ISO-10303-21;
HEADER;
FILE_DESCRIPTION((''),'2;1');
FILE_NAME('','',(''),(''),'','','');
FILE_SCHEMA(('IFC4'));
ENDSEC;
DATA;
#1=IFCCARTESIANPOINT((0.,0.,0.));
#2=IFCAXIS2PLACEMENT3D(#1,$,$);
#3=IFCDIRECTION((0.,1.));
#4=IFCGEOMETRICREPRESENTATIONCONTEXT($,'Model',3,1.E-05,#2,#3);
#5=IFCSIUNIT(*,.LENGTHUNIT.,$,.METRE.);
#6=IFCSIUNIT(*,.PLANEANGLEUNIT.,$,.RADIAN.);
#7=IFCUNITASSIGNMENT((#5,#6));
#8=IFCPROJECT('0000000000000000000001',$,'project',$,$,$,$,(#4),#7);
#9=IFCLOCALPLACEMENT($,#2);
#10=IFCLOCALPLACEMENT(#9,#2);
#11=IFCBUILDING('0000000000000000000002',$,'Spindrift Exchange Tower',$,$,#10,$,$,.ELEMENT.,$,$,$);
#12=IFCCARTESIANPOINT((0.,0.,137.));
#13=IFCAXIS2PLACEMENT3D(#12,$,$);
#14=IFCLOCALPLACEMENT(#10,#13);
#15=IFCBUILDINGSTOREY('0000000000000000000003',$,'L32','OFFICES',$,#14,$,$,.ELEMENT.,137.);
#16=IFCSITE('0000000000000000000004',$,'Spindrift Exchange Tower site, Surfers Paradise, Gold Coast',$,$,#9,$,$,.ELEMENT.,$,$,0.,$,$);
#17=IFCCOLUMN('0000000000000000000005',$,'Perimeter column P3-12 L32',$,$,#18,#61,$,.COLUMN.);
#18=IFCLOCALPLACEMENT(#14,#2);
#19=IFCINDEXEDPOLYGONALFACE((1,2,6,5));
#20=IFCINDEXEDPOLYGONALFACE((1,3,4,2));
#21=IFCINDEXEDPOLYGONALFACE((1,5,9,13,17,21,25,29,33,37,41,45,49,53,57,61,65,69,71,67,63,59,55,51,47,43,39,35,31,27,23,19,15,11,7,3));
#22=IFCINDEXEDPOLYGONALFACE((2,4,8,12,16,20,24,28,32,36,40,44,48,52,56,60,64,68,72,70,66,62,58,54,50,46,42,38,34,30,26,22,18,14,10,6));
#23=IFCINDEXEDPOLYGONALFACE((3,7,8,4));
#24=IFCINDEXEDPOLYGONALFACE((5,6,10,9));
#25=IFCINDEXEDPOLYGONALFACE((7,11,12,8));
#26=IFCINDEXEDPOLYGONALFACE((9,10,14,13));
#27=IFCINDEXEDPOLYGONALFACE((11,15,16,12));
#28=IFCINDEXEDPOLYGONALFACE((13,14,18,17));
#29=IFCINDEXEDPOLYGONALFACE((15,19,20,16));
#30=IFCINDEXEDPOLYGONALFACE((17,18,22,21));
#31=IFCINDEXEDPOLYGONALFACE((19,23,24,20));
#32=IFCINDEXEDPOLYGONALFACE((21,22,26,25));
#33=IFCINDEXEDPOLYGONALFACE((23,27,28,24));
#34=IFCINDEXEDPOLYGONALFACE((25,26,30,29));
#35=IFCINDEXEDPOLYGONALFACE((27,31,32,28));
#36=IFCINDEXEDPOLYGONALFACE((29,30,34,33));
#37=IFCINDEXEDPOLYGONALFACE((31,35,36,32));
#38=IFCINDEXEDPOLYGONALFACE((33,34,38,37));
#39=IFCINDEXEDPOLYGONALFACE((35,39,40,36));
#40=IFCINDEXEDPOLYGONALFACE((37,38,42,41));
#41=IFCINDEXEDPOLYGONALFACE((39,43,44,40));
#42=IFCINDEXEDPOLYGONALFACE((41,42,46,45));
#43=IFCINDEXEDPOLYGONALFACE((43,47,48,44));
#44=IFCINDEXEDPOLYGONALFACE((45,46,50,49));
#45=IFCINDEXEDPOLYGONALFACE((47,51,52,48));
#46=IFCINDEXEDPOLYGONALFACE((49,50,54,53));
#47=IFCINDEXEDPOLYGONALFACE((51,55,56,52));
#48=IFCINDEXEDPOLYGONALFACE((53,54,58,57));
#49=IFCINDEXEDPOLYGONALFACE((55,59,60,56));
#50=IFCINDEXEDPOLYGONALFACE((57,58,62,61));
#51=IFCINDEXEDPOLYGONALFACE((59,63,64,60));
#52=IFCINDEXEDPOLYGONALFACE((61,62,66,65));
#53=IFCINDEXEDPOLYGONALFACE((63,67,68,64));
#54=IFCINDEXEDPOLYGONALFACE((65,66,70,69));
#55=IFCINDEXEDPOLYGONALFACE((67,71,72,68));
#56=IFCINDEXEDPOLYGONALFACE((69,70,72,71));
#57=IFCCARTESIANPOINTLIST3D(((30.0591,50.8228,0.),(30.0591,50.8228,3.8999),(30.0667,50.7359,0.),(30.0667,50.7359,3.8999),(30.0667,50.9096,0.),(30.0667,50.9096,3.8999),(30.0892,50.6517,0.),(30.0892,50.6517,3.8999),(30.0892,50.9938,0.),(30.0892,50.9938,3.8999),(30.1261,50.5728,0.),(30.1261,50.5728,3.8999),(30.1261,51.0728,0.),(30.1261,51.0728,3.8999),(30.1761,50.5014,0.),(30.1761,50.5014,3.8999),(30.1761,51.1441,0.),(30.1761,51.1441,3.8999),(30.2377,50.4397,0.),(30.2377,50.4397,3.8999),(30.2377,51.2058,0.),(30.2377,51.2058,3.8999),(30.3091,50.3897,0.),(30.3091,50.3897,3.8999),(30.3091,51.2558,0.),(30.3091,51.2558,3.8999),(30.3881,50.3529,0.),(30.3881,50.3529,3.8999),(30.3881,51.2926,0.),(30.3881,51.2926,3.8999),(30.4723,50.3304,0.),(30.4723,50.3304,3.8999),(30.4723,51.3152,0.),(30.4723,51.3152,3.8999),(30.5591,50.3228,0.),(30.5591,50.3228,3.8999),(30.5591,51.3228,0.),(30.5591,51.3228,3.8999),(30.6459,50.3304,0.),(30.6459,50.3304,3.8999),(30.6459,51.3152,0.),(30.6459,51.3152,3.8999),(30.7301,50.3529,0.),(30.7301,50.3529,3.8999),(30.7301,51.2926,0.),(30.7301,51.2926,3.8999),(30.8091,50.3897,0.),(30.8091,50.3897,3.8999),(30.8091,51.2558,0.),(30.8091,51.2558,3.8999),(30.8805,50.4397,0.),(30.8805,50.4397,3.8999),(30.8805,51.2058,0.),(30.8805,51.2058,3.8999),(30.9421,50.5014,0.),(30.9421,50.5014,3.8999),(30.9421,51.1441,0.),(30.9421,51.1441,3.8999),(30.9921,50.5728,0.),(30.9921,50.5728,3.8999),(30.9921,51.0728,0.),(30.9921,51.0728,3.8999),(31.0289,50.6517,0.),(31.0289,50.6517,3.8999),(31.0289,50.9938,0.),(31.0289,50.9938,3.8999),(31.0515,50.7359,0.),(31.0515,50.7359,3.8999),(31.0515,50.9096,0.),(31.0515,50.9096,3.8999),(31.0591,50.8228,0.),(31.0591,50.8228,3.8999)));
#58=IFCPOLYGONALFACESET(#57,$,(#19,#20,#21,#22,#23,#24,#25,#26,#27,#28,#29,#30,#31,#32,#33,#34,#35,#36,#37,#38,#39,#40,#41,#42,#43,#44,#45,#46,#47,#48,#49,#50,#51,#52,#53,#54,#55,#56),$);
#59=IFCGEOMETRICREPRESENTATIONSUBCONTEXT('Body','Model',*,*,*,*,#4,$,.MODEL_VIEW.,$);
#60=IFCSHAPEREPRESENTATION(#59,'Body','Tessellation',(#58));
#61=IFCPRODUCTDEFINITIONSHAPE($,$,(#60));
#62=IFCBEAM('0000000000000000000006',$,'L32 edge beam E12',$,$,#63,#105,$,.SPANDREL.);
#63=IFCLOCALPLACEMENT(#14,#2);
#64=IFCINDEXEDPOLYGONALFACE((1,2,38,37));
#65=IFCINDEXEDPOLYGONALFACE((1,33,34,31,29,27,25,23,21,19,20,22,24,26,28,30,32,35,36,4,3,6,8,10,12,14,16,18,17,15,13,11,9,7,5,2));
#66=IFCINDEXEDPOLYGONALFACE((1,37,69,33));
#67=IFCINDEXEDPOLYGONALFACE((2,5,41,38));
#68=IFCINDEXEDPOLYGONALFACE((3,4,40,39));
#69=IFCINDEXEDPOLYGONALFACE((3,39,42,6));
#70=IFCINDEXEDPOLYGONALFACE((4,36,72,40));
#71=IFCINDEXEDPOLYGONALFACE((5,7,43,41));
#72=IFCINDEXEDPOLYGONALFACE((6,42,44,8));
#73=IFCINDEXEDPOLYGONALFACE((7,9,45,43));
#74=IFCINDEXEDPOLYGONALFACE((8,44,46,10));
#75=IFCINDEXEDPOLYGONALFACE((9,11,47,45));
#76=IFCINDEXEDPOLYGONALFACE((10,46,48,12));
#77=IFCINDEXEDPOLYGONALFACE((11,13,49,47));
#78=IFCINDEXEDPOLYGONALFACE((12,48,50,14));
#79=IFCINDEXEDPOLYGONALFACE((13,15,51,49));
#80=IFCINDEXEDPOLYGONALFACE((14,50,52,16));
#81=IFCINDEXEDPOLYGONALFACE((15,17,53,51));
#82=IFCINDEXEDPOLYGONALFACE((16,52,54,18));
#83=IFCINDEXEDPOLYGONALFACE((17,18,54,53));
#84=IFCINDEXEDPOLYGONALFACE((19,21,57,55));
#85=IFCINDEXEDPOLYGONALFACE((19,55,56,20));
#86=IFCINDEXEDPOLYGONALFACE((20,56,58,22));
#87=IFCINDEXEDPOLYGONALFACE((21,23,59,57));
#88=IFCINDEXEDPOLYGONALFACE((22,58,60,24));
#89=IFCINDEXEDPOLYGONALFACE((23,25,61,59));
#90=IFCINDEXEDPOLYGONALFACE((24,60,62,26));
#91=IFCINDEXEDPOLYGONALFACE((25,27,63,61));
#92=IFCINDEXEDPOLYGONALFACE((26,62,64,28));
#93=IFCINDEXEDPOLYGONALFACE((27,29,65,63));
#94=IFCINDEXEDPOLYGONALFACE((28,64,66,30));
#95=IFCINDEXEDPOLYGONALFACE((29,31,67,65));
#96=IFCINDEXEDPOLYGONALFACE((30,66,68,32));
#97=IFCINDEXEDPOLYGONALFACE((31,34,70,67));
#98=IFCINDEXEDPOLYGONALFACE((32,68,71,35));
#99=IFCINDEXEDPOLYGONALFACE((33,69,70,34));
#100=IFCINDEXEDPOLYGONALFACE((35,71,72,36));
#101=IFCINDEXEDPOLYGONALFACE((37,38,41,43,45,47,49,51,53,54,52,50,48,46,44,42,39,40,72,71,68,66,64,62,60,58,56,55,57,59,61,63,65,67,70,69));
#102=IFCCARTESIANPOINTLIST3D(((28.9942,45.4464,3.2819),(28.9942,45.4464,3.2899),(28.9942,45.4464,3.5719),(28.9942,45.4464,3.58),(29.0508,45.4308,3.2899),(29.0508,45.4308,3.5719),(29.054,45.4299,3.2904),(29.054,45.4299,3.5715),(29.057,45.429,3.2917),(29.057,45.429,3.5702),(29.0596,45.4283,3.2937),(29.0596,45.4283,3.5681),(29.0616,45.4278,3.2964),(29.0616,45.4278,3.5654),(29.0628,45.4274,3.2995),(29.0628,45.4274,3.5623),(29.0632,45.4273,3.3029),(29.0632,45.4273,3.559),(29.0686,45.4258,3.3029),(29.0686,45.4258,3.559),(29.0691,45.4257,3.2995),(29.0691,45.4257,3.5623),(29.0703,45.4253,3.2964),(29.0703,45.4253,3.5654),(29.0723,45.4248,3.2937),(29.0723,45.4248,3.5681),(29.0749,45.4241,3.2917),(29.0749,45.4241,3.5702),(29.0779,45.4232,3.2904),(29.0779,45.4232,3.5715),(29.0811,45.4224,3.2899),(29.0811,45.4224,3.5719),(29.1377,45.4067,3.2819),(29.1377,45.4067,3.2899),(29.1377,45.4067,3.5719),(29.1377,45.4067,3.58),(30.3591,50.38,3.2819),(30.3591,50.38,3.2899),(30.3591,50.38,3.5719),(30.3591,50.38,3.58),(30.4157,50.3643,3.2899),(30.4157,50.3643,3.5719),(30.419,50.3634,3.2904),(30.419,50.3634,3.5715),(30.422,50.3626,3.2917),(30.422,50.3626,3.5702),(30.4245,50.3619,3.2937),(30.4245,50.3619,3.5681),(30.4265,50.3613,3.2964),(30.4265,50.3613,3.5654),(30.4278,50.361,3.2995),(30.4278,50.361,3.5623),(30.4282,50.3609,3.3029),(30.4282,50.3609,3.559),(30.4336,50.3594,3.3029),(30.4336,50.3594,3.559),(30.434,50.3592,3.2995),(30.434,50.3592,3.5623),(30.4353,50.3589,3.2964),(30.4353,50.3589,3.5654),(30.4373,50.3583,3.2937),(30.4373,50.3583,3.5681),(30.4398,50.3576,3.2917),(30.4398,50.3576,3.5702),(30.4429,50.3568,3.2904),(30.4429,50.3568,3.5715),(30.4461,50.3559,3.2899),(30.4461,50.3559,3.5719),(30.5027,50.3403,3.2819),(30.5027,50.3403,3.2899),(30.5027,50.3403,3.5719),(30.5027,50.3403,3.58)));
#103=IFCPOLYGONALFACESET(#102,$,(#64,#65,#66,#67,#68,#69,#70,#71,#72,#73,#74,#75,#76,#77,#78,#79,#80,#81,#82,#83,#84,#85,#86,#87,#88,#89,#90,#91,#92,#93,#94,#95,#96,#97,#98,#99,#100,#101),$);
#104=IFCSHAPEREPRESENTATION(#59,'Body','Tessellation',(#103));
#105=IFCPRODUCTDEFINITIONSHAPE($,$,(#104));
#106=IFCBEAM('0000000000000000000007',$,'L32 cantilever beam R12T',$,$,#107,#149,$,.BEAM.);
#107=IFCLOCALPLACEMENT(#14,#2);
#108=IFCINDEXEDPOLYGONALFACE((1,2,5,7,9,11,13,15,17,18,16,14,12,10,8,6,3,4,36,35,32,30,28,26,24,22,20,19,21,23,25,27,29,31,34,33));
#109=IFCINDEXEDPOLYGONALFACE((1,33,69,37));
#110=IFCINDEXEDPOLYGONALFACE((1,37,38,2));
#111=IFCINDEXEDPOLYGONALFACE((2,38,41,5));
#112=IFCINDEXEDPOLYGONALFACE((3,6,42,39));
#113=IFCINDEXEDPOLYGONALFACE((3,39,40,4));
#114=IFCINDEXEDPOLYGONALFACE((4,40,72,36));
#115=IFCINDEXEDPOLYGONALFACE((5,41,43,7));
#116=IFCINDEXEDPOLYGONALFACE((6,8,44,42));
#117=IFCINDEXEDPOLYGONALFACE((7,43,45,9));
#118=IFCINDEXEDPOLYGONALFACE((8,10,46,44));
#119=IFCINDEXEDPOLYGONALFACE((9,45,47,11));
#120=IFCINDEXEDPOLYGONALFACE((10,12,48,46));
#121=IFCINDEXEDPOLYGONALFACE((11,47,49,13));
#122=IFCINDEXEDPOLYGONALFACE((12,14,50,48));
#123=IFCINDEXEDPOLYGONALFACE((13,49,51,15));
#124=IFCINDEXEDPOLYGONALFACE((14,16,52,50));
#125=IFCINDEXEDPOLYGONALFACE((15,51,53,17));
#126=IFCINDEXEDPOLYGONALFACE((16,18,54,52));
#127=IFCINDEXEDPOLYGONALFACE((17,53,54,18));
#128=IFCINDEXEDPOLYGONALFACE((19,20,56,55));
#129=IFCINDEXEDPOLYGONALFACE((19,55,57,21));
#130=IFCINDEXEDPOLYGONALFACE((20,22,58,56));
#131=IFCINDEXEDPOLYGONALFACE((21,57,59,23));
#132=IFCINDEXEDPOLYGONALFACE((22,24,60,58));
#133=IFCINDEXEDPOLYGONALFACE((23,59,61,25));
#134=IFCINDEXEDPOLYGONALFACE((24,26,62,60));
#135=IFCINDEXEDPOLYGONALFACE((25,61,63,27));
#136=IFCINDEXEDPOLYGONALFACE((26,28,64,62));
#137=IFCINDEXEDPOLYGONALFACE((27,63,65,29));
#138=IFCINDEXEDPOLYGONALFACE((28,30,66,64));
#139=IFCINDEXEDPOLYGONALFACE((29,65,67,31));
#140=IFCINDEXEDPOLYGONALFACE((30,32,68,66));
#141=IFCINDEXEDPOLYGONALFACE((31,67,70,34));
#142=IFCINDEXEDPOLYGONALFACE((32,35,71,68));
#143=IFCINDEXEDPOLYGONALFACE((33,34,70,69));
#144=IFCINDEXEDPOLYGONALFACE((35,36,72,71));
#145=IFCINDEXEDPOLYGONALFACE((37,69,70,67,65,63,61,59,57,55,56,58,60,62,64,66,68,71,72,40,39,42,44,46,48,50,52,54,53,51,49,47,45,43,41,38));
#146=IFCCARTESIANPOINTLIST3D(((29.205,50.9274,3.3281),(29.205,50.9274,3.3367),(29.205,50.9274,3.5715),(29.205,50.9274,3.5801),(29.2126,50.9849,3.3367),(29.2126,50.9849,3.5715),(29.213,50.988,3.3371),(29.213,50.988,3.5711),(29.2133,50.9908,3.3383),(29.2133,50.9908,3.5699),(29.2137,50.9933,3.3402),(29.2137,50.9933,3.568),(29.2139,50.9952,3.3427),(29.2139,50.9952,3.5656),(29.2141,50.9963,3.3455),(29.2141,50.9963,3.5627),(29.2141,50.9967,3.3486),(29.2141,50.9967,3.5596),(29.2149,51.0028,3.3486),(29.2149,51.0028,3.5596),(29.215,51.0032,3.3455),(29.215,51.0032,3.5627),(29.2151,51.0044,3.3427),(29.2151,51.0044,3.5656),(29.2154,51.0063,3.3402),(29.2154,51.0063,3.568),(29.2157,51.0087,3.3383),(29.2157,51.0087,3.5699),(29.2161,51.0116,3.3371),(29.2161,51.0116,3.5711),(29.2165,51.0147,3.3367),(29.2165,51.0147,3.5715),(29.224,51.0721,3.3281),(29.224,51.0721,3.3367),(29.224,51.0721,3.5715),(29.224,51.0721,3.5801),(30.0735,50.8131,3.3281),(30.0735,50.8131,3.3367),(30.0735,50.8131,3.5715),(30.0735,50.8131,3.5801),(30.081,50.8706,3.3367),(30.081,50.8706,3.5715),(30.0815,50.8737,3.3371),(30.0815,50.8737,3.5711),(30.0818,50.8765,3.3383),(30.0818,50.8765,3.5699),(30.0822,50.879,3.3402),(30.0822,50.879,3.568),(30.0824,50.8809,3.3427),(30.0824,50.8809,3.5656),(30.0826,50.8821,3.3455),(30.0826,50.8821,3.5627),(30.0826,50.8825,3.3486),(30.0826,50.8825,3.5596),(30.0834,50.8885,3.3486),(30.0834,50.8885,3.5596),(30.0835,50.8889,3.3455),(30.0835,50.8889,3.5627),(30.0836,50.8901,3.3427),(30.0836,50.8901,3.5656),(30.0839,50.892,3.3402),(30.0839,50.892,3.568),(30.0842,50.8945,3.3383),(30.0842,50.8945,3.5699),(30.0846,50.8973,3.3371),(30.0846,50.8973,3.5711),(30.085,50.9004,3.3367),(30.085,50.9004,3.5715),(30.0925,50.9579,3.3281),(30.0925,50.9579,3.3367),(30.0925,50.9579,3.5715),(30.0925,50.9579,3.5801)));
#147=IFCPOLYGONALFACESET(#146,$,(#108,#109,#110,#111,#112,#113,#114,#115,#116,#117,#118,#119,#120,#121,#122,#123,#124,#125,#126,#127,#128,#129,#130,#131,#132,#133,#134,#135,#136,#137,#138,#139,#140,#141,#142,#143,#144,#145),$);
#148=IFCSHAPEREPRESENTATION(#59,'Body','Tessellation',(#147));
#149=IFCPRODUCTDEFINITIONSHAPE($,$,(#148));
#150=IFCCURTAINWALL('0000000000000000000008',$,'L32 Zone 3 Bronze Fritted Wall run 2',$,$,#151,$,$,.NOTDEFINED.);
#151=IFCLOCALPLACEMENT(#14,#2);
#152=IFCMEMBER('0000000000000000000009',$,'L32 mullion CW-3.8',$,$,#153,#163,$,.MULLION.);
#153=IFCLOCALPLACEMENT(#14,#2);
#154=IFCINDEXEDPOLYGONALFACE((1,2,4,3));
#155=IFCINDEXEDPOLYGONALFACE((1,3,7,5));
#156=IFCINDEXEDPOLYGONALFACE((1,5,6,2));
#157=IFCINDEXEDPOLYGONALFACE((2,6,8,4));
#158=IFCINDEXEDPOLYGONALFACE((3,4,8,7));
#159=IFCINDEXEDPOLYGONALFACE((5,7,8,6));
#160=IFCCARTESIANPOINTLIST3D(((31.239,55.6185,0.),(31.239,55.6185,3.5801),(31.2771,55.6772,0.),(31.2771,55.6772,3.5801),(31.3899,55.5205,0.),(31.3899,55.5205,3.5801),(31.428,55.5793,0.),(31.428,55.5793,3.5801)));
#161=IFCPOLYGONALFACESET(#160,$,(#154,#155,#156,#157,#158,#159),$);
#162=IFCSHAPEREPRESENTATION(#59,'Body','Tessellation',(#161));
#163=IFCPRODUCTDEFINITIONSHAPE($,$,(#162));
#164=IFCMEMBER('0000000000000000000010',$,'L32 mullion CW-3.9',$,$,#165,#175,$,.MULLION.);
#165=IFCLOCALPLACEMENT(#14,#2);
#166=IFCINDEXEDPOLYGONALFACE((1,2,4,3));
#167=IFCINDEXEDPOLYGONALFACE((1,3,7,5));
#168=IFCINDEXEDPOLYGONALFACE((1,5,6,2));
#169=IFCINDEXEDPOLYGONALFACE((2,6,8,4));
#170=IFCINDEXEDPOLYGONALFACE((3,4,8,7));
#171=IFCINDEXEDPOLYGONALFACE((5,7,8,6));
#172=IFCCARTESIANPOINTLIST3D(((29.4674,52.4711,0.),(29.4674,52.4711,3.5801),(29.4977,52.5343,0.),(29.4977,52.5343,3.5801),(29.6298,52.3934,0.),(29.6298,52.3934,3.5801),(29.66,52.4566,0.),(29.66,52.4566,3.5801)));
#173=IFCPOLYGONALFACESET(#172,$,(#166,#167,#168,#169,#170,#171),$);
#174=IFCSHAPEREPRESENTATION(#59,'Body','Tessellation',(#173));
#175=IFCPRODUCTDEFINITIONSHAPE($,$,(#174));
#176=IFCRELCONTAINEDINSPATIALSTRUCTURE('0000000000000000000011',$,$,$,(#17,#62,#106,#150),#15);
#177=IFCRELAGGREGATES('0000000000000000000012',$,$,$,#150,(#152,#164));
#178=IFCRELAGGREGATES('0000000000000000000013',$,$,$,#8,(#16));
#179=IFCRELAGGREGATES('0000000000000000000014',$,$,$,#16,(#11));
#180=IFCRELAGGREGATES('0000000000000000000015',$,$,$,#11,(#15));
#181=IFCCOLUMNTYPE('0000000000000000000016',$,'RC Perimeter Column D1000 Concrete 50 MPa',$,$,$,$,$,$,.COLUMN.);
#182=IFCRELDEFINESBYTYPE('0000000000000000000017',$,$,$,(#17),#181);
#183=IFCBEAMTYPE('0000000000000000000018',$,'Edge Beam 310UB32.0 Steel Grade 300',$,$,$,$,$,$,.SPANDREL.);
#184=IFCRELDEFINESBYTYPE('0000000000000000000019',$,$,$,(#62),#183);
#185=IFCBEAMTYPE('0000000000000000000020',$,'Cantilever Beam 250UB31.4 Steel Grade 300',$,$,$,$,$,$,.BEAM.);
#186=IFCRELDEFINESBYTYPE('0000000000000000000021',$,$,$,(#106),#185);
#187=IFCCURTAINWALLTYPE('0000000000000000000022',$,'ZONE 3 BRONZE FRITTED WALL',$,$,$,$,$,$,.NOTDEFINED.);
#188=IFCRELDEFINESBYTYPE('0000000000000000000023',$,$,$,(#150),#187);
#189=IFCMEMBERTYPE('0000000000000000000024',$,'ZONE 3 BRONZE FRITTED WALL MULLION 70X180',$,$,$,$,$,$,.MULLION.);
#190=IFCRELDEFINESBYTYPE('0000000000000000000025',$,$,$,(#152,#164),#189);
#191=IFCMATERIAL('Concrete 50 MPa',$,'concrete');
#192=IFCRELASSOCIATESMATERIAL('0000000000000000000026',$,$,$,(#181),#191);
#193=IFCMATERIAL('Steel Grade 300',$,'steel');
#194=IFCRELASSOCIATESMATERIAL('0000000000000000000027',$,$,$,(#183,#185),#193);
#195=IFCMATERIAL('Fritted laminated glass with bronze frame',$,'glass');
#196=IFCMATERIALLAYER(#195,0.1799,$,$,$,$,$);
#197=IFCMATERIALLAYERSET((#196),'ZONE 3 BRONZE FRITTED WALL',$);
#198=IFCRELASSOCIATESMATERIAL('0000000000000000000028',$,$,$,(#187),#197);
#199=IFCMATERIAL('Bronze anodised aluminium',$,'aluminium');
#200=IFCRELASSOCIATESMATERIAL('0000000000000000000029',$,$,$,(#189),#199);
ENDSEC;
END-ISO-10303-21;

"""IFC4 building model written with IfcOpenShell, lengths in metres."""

from ifc_helpers import new_model, si_unit, direction, frame, origin, origin_2d, place, context, subcontext, project, spatial, rectangle, circle, i_section, extrude, source, transform, mapped, material, layer, layer_set, material_profile, profile_set, type_object, element, aggregate, save


model = new_model("IFC4")

# Units and contexts
model_context = context("Model", 3, precision=1e-05, world=origin(), true_north=direction((0.0, 1.0)))
body_context = subcontext(model_context, "Body", "Model", "MODEL_VIEW")
ifc_project = project(units=[si_unit("LENGTHUNIT", "METRE"), si_unit("PLANEANGLEUNIT", "RADIAN")], contexts=[model_context])

# Site, building, storey
site_placement = place(None, origin())
site = spatial("IfcSite", under=ifc_project, at=site_placement, Name="Spindrift Exchange Tower site, Surfers Paradise, Gold Coast", CompositionType="ELEMENT", RefElevation=0.0)
building_placement = place(site_placement, origin())
building = spatial("IfcBuilding", under=site, at=building_placement, Name="Spindrift Exchange Tower", CompositionType="ELEMENT")
storey_placement = place(building_placement, frame((0.0, 0.0, 137.0)))
storey = spatial("IfcBuildingStorey", under=building, at=storey_placement, Name="L32", Description="OFFICES", CompositionType="ELEMENT", Elevation=137.0)

# Column
ifc_material_1 = material(Name="Concrete 50 MPa", Category="concrete")
ifc_material_profile_1 = material_profile(ifc_material_1, circle(Radius=0.5, at=origin_2d()), Name="RC D1000")
ifc_profile_set_1 = profile_set([ifc_material_profile_1], Name="Concrete 50 MPa")
column_type = type_object("IfcColumnType", Name="RC Perimeter Column D1000 Concrete 50 MPa", PredefinedType="COLUMN", material=ifc_profile_set_1)
shared_shape_1 = source(origin(), body_context, "Body", "SweptSolid", [
    extrude(circle(Radius=0.5, at=origin_2d()), origin(), (0.0, 0.0, 1.0), 3.8999),
])
column_placement = place(storey_placement, frame((30.5591, 50.8228, 0.0), z_axis=(0.0, 0.0, 1.0), x_axis=(1.0, 0.0, 0.0)))
element("IfcColumn", 1, at=column_placement, inside=storey, type_object=column_type, Name="Perimeter column P3-12 L32", PredefinedType="COLUMN", context=body_context, shape_type="MappedRepresentation", body=[
    mapped(shared_shape_1, transform((0.0, 0.0, 0.0), scale=1.0)),
])

# Beams
ifc_material_2 = material(Name="Steel Grade 300", Category="steel")
ifc_material_profile_2 = material_profile(ifc_material_2, i_section(OverallWidth=0.1489, OverallDepth=0.2981, WebThickness=0.0056, FlangeThickness=0.0081, FilletRadius=0.0129, at=origin_2d()), Name="310UB32.0")
ifc_profile_set_2 = profile_set([ifc_material_profile_2], Name="Steel Grade 300")
beam_type_1 = type_object("IfcBeamType", Name="Edge Beam 310UB32.0 Steel Grade 300", PredefinedType="SPANDREL", material=ifc_profile_set_2)
shared_shape_2 = source(origin(), body_context, "Body", "SweptSolid", [
    extrude(i_section(OverallWidth=0.1489, OverallDepth=0.2981, WebThickness=0.0056, FlangeThickness=0.0081, FilletRadius=0.0129, at=origin_2d()), origin(), (0.0, 0.0, 1.0), 5.1189),
])
beam_1_placement = place(storey_placement, frame((30.4309, 50.3601, 3.4309), z_axis=(-0.266655, -0.963792, 0.0), x_axis=(0.963792, -0.266655, 0.0)))
element("IfcBeam", 2, at=beam_1_placement, inside=storey, type_object=beam_type_1, Name="L32 edge beam E12", PredefinedType="SPANDREL", context=body_context, shape_type="MappedRepresentation", body=[
    mapped(shared_shape_2, transform((0.0, 0.0, 0.0), scale=1.0)),
])
ifc_material_profile_3 = material_profile(ifc_material_2, i_section(OverallWidth=0.146, OverallDepth=0.252, WebThickness=0.0061, FlangeThickness=0.0085, FilletRadius=0.012, at=origin_2d()), Name="250UB31.4")
ifc_profile_set_3 = profile_set([ifc_material_profile_3], Name="Steel Grade 300")
beam_type_2 = type_object("IfcBeamType", Name="Cantilever Beam 250UB31.4 Steel Grade 300", PredefinedType="BEAM", material=ifc_profile_set_3)
shared_shape_3 = source(origin(), body_context, "Body", "SweptSolid", [
    extrude(i_section(OverallWidth=0.146, OverallDepth=0.252, WebThickness=0.0061, FlangeThickness=0.0085, FilletRadius=0.012, at=origin_2d()), origin(), (0.0, 0.0, 1.0), 0.876),
])
beam_2_placement = place(storey_placement, frame((30.083, 50.8855, 3.4541), z_axis=(-0.991455, 0.130447, 0.0), x_axis=(-0.130447, -0.991455, 0.0)))
element("IfcBeam", 3, at=beam_2_placement, inside=storey, type_object=beam_type_2, Name="L32 cantilever beam R12T", PredefinedType="BEAM", context=body_context, shape_type="MappedRepresentation", body=[
    mapped(shared_shape_3, transform((0.0, 0.0, 0.0), scale=1.0)),
])

# Curtain wall, members
ifc_material_3 = material(Name="Fritted laminated glass with bronze frame", Category="glass")
ifc_layer_1 = layer(ifc_material_3, 0.1799)
ifc_layer_set_1 = layer_set([ifc_layer_1], Name="ZONE 3 BRONZE FRITTED WALL")
curtain_wall_type = type_object("IfcCurtainWallType", Name="ZONE 3 BRONZE FRITTED WALL", PredefinedType="NOTDEFINED", material=ifc_layer_set_1)
curtain_wall_placement = place(storey_placement, origin())
curtain_wall = element("IfcCurtainWall", 4, at=curtain_wall_placement, inside=storey, type_object=curtain_wall_type, Name="L32 Zone 3 Bronze Fritted Wall run 2", PredefinedType="NOTDEFINED")
ifc_material_4 = material(Name="Bronze anodised aluminium", Category="aluminium")
ifc_material_profile_4 = material_profile(ifc_material_4, rectangle(XDim=0.0701, YDim=0.1799, at=origin_2d()), Name="ZONE 3 BRONZE FRITTED WALL MULLION 70X180")
ifc_profile_set_4 = profile_set([ifc_material_profile_4], Name="Bronze anodised aluminium")
member_type_1 = type_object("IfcMemberType", Name="ZONE 3 BRONZE FRITTED WALL MULLION 70X180", PredefinedType="MULLION", material=ifc_profile_set_4)
shared_shape_4 = source(origin(), body_context, "Body", "SweptSolid", [
    extrude(rectangle(XDim=0.0701, YDim=0.1799, at=origin_2d()), origin(), (0.0, 0.0, 1.0), 3.5801),
])
member_1_placement = place(storey_placement, frame((31.3335, 55.5989, 0.0), z_axis=(0.0, 0.0, 1.0), x_axis=(-0.544287, -0.838899, 0.0)))
member_1 = element("IfcMember", 5, at=member_1_placement, type_object=member_type_1, Name="L32 mullion CW-3.8", PredefinedType="MULLION", context=body_context, shape_type="MappedRepresentation", body=[
    mapped(shared_shape_4, transform((0.0, 0.0, 0.0), scale=1.0)),
])
member_2_placement = place(storey_placement, frame((29.5637, 52.4639, 0.0), z_axis=(0.0, 0.0, 1.0), x_axis=(-0.431661, -0.902036, 0.0)))
member_2 = element("IfcMember", 6, at=member_2_placement, type_object=member_type_1, Name="L32 mullion CW-3.9", PredefinedType="MULLION", context=body_context, shape_type="MappedRepresentation", body=[
    mapped(shared_shape_4, transform((0.0, 0.0, 0.0), scale=1.0)),
])
aggregate(curtain_wall, [member_1, member_2])

save(model, "model.ifc")
